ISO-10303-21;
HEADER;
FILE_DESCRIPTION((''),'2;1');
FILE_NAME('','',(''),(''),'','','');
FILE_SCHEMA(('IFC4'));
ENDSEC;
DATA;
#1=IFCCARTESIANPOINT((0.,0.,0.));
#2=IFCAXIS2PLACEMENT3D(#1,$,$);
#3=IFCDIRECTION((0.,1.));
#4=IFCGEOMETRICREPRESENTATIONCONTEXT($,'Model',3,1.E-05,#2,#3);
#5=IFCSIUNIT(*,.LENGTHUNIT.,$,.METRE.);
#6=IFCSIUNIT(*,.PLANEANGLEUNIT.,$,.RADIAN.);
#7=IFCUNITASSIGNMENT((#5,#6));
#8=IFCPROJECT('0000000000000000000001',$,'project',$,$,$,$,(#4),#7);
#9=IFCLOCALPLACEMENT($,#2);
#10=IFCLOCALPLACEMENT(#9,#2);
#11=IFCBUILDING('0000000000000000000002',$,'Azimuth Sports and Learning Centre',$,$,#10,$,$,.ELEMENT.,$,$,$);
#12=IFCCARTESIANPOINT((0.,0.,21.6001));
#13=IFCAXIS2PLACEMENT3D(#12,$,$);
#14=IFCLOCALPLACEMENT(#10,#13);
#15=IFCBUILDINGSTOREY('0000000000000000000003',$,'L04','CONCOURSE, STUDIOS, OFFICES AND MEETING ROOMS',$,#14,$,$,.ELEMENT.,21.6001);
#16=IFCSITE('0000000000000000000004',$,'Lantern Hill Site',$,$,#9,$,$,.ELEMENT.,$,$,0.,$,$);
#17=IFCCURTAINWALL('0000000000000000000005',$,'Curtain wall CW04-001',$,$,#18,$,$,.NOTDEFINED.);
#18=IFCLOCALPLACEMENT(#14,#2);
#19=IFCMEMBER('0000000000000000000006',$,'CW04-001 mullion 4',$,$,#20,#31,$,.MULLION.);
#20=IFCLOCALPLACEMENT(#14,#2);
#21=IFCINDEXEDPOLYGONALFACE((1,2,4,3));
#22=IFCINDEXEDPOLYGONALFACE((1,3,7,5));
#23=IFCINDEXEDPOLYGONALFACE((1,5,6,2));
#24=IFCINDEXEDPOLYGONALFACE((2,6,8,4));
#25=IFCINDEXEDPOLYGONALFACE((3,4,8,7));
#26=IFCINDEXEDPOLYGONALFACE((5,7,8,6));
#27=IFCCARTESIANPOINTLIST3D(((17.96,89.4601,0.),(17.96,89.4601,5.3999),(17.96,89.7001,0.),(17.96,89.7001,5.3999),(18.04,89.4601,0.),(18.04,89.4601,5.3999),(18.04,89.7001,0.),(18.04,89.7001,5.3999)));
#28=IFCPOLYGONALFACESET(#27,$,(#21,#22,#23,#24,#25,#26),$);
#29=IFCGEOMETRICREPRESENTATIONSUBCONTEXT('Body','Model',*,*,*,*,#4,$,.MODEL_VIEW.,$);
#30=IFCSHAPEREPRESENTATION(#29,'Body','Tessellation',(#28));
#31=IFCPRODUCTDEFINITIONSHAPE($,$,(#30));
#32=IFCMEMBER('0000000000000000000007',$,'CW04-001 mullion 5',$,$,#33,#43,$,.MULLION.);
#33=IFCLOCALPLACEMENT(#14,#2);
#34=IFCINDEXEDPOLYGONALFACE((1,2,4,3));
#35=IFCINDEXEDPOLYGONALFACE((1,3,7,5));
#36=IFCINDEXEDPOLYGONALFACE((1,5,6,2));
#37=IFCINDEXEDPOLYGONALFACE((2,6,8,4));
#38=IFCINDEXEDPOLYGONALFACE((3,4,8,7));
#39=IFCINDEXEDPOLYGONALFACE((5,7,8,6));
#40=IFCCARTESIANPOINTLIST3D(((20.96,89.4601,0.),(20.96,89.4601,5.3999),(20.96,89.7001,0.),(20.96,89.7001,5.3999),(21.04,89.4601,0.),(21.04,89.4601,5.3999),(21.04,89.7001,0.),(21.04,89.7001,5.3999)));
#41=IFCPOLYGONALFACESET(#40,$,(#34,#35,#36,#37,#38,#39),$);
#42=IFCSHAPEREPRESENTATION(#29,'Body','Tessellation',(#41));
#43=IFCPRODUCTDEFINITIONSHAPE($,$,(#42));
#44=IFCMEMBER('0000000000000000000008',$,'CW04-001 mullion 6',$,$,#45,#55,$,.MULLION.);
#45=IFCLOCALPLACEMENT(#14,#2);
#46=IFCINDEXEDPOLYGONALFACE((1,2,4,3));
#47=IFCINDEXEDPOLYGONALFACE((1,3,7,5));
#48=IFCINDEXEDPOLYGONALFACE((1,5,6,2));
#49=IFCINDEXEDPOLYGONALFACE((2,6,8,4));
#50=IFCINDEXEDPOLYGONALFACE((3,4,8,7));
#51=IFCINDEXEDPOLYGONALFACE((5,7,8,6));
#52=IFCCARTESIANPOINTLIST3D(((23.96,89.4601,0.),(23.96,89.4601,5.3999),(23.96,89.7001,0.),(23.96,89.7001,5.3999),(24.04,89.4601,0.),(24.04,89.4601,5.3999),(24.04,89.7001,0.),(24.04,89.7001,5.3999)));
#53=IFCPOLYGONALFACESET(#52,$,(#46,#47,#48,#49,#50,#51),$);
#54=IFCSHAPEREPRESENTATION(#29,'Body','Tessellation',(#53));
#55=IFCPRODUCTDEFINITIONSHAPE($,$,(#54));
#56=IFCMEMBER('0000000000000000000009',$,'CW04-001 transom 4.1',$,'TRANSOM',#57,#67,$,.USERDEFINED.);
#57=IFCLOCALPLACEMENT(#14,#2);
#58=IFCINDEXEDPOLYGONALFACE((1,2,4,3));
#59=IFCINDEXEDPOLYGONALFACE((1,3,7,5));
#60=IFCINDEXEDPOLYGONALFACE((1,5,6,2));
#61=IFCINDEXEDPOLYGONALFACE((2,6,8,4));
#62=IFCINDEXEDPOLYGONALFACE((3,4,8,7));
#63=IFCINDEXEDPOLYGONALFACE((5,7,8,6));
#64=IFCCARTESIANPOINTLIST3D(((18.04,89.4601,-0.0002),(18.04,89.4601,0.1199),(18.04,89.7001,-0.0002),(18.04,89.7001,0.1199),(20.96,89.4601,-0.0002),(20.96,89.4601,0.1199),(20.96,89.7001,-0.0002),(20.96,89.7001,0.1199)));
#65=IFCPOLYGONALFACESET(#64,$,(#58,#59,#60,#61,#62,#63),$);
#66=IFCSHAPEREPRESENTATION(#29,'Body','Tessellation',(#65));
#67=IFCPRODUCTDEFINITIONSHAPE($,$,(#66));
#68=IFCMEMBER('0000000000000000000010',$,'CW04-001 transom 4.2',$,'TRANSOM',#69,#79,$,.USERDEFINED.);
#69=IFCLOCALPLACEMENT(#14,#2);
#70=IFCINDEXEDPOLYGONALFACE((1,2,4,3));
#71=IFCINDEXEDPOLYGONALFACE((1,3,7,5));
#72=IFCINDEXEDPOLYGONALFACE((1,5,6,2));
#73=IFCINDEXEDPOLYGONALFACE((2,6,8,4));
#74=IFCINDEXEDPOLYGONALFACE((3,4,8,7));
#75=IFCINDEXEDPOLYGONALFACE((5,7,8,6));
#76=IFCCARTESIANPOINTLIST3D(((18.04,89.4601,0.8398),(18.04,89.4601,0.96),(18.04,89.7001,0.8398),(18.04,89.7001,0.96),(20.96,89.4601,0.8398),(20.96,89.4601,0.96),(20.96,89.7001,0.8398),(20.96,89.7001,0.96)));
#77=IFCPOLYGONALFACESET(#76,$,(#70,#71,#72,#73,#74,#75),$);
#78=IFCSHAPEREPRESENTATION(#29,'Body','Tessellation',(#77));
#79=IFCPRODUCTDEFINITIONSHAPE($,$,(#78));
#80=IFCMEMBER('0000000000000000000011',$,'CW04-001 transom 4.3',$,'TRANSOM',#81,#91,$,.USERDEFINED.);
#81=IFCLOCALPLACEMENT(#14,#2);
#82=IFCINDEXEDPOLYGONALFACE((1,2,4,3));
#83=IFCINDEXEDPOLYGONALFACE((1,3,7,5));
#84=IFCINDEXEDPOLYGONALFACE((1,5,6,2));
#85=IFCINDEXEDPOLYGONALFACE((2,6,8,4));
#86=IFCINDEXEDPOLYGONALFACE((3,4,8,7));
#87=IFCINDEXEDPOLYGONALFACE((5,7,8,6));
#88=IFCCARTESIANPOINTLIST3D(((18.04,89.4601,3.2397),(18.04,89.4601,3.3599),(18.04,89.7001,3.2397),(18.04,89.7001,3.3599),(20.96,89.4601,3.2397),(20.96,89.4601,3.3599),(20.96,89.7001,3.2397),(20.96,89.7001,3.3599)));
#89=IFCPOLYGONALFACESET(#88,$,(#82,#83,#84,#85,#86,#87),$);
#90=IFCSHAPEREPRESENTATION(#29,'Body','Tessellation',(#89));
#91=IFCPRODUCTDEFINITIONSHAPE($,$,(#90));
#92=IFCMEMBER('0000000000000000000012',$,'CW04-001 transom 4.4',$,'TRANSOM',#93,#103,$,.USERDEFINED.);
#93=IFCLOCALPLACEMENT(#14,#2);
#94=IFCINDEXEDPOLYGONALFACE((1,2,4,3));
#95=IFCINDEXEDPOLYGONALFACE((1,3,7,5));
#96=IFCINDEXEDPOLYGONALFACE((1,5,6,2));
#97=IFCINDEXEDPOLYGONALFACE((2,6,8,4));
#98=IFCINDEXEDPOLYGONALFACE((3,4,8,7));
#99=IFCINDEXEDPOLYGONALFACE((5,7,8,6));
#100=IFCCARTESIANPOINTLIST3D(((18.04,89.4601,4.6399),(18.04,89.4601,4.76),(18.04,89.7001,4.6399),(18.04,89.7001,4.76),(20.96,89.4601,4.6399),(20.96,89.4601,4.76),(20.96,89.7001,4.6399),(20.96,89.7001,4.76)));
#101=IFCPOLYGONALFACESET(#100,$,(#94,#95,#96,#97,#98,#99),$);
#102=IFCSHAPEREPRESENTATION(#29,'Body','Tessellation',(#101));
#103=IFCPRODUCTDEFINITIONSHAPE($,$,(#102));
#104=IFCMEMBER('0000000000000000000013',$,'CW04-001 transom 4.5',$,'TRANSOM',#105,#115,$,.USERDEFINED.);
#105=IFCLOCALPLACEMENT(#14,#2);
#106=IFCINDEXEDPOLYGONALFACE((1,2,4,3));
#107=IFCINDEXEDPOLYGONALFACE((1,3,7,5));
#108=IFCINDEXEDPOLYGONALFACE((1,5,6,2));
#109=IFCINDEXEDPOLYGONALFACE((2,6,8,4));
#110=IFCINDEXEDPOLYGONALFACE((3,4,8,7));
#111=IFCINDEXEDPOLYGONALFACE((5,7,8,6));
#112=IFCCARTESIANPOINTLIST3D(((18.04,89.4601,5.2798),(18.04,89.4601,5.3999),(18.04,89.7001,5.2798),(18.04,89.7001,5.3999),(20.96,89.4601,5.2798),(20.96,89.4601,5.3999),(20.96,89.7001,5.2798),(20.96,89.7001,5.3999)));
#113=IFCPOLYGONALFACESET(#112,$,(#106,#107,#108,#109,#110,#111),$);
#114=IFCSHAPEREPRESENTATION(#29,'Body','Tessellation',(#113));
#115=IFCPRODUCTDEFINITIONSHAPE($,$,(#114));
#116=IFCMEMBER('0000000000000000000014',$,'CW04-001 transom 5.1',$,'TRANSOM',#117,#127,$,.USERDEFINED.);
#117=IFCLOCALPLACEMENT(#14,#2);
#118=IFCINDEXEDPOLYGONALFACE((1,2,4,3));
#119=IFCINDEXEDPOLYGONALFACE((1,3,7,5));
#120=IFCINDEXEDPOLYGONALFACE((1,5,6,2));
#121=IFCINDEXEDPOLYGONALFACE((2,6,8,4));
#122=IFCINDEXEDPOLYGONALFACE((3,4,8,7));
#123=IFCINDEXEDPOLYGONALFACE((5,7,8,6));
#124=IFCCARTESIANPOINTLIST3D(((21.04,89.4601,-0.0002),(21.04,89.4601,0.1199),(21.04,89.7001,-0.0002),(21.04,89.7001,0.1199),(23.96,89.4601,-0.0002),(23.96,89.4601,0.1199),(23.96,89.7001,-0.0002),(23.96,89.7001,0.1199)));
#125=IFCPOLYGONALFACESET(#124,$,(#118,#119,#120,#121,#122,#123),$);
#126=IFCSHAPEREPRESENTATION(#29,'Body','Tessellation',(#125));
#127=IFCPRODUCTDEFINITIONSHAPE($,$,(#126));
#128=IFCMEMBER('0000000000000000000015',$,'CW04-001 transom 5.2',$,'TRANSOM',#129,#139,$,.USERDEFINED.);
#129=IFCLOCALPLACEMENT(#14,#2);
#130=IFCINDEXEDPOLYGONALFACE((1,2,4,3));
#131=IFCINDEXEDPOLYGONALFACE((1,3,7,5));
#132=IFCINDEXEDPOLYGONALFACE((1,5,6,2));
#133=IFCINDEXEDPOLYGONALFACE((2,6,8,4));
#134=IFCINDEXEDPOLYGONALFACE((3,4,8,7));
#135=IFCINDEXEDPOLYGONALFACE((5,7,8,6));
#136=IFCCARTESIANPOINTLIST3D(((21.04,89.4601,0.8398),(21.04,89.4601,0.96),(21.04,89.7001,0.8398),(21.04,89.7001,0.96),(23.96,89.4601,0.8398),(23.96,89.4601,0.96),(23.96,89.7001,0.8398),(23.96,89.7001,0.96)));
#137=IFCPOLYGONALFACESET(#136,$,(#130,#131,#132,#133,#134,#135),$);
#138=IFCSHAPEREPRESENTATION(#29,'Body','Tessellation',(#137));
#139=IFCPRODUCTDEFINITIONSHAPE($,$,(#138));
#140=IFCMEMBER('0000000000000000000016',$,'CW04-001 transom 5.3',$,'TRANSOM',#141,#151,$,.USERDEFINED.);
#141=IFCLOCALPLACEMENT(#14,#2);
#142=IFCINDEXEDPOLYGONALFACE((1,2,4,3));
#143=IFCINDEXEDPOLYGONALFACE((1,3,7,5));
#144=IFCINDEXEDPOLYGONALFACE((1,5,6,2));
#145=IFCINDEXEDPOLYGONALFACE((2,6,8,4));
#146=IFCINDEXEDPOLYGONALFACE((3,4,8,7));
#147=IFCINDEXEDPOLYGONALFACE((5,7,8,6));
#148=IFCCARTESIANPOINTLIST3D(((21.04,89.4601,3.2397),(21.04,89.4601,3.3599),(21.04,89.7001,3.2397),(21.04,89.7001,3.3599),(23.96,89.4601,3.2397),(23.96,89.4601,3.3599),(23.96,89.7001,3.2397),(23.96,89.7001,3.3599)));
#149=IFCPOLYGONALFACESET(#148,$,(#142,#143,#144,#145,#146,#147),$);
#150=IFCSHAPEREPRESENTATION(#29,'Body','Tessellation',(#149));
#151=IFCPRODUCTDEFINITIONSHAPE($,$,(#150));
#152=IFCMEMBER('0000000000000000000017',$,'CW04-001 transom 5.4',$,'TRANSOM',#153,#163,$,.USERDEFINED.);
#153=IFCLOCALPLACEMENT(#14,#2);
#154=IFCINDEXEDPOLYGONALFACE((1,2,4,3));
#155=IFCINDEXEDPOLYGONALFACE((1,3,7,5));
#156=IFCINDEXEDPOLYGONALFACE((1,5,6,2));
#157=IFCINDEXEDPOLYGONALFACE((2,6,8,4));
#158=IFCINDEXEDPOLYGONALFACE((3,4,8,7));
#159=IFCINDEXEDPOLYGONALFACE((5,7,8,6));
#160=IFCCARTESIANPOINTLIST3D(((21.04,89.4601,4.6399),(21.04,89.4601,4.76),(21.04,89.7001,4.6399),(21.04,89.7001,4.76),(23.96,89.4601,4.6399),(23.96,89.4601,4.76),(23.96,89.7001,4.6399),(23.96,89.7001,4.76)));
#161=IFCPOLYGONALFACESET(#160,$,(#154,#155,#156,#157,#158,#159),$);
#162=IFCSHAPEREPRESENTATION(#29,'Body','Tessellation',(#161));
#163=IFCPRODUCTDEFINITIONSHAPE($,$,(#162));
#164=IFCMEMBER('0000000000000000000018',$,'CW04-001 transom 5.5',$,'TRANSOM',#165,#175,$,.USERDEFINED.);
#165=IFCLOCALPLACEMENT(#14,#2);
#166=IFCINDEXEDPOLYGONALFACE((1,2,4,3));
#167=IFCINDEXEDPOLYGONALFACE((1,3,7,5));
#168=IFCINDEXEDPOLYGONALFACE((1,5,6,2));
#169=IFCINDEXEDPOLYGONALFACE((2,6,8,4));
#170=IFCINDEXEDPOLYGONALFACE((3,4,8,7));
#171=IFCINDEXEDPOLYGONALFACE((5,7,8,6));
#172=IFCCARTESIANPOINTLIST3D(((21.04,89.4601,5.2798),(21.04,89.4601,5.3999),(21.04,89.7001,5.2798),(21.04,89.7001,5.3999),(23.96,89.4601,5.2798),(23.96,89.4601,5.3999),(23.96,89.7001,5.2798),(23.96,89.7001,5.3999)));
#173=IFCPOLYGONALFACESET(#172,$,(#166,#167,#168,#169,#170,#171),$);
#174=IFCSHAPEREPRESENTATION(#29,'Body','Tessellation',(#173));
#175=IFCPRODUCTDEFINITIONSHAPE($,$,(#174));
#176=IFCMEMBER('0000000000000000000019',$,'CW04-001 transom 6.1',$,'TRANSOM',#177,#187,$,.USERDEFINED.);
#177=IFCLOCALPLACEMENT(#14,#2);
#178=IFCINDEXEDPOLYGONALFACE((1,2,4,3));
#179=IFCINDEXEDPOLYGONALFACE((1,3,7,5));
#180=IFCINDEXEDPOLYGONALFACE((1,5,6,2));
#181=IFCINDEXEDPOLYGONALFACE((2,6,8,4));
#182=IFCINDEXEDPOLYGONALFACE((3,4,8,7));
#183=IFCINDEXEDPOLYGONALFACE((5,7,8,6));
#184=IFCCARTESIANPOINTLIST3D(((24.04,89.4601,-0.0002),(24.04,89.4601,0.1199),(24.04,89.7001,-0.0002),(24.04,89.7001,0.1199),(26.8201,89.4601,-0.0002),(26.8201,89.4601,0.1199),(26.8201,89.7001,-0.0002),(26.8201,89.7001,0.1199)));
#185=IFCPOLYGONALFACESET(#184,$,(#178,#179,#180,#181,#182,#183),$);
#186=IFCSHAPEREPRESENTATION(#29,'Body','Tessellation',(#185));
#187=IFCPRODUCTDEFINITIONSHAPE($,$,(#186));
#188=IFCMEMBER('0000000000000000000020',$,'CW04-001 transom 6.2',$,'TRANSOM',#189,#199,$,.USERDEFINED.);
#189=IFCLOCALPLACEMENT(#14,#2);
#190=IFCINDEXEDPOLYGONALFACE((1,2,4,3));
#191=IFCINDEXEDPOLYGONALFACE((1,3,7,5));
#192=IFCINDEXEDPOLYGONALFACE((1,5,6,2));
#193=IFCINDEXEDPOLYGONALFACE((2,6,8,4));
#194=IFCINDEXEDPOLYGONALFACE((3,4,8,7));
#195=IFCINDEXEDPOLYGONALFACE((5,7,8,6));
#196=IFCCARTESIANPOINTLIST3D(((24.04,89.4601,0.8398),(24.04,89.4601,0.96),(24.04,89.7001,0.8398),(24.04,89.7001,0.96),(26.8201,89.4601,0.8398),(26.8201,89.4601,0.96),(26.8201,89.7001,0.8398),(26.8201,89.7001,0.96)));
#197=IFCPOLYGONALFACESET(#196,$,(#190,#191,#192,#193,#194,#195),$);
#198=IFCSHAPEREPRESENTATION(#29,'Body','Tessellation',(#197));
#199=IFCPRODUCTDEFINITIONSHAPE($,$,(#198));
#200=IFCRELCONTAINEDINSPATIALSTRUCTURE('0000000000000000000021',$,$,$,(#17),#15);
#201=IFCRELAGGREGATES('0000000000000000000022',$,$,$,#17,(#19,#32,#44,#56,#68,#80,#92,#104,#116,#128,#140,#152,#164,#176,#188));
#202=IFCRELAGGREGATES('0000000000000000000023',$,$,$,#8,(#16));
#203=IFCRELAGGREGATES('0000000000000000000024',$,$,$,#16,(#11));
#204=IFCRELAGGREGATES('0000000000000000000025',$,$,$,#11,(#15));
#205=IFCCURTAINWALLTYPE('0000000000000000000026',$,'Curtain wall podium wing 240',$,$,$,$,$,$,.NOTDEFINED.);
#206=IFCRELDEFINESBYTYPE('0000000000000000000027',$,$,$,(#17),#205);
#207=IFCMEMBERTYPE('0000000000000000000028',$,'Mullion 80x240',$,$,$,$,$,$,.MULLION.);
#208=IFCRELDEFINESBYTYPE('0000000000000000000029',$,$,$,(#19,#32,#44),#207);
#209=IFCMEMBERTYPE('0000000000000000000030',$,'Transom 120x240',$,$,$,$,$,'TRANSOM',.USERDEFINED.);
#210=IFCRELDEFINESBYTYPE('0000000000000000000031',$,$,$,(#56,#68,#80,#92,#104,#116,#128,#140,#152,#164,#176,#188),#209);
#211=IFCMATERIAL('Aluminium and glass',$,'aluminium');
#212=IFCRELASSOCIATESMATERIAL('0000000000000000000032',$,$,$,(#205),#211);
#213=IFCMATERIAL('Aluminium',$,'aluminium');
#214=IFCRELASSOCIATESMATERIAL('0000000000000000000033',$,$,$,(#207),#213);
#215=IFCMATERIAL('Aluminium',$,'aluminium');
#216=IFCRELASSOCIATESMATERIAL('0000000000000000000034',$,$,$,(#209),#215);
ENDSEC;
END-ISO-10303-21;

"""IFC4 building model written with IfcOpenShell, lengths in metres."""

from ifc_helpers import new_model, si_unit, direction, frame, origin, origin_2d, place, context, subcontext, project, spatial, rectangle, extrude, material, material_profile, profile_set, type_object, element, aggregate, save


model = new_model("IFC4")

# Units and contexts
model_context = context("Model", 3, precision=1e-05, world=origin(), true_north=direction((0.0, 1.0)))
body_context = subcontext(model_context, "Body", "Model", "MODEL_VIEW")
ifc_project = project(units=[si_unit("LENGTHUNIT", "METRE"), si_unit("PLANEANGLEUNIT", "RADIAN")], contexts=[model_context])

# Site, building, storey
site_placement = place(None, origin())
site = spatial("IfcSite", under=ifc_project, at=site_placement, Name="Lantern Hill Site", CompositionType="ELEMENT", RefElevation=0.0)
building_placement = place(site_placement, origin())
building = spatial("IfcBuilding", under=site, at=building_placement, Name="Azimuth Sports and Learning Centre", CompositionType="ELEMENT")
storey_placement = place(building_placement, frame((0.0, 0.0, 21.6001)))
storey = spatial("IfcBuildingStorey", under=building, at=storey_placement, Name="L04", Description="CONCOURSE, STUDIOS, OFFICES AND MEETING ROOMS", CompositionType="ELEMENT", Elevation=21.6001)

# Curtain wall, members
ifc_material_1 = material(Name="Aluminium and glass", Category="aluminium")
curtain_wall_type = type_object("IfcCurtainWallType", Name="Curtain wall podium wing 240", PredefinedType="NOTDEFINED", material=ifc_material_1)
curtain_wall_placement = place(storey_placement, origin())
curtain_wall = element("IfcCurtainWall", 1, at=curtain_wall_placement, inside=storey, type_object=curtain_wall_type, Name="Curtain wall CW04-001", PredefinedType="NOTDEFINED")
ifc_material_2 = material(Name="Aluminium", Category="aluminium")
ifc_material_profile_1 = material_profile(ifc_material_2, rectangle(XDim=0.24, YDim=0.0801, at=origin_2d()), Name="Mullion 80x240")
ifc_profile_set_1 = profile_set([ifc_material_profile_1], Name="Aluminium")
member_type_1 = type_object("IfcMemberType", Name="Mullion 80x240", PredefinedType="MULLION", material=ifc_profile_set_1)
member_1_placement = place(storey_placement, frame((18.0, 89.5801, 0.0), z_axis=(0.0, 0.0, 1.0), x_axis=(0.0, 1.0, 0.0)))
member_1 = element("IfcMember", 2, at=member_1_placement, type_object=member_type_1, Name="CW04-001 mullion 4", PredefinedType="MULLION", context=body_context, shape_type="SweptSolid", body=[
    extrude(rectangle(XDim=0.24, YDim=0.0801, at=origin_2d()), origin(), (0.0, 0.0, 1.0), 5.3999),
])
member_2_placement = place(storey_placement, frame((21.0, 89.5801, 0.0), z_axis=(0.0, 0.0, 1.0), x_axis=(0.0, 1.0, 0.0)))
member_2 = element("IfcMember", 3, at=member_2_placement, type_object=member_type_1, Name="CW04-001 mullion 5", PredefinedType="MULLION", context=body_context, shape_type="SweptSolid", body=[
    extrude(rectangle(XDim=0.24, YDim=0.0801, at=origin_2d()), origin(), (0.0, 0.0, 1.0), 5.3999),
])
member_3_placement = place(storey_placement, frame((24.0, 89.5801, 0.0), z_axis=(0.0, 0.0, 1.0), x_axis=(0.0, 1.0, 0.0)))
member_3 = element("IfcMember", 4, at=member_3_placement, type_object=member_type_1, Name="CW04-001 mullion 6", PredefinedType="MULLION", context=body_context, shape_type="SweptSolid", body=[
    extrude(rectangle(XDim=0.24, YDim=0.0801, at=origin_2d()), origin(), (0.0, 0.0, 1.0), 5.3999),
])
ifc_material_3 = material(Name="Aluminium", Category="aluminium")
ifc_material_profile_2 = material_profile(ifc_material_3, rectangle(XDim=0.24, YDim=0.1201, at=origin_2d()), Name="Transom 120x240")
ifc_profile_set_2 = profile_set([ifc_material_profile_2], Name="Aluminium")
member_type_2 = type_object("IfcMemberType", Name="Transom 120x240", ElementType="TRANSOM", PredefinedType="USERDEFINED", material=ifc_profile_set_2)
member_4_placement = place(storey_placement, frame((18.04, 89.5801, 0.0598), z_axis=(1.0, 0.0, 0.0), x_axis=(0.0, 1.0, 0.0)))
member_4 = element("IfcMember", 5, at=member_4_placement, type_object=member_type_2, Name="CW04-001 transom 4.1", ObjectType="TRANSOM", PredefinedType="USERDEFINED", context=body_context, shape_type="SweptSolid", body=[
    extrude(rectangle(XDim=0.24, YDim=0.1201, at=origin_2d()), origin(), (0.0, 0.0, 1.0), 2.9199),
])
member_5_placement = place(storey_placement, frame((18.04, 89.5801, 0.8999), z_axis=(1.0, 0.0, 0.0), x_axis=(0.0, 1.0, 0.0)))
member_5 = element("IfcMember", 6, at=member_5_placement, type_object=member_type_2, Name="CW04-001 transom 4.2", ObjectType="TRANSOM", PredefinedType="USERDEFINED", context=body_context, shape_type="SweptSolid", body=[
    extrude(rectangle(XDim=0.24, YDim=0.1201, at=origin_2d()), origin(), (0.0, 0.0, 1.0), 2.9199),
])
member_6_placement = place(storey_placement, frame((18.04, 89.5801, 3.2998), z_axis=(1.0, 0.0, 0.0), x_axis=(0.0, 1.0, 0.0)))
member_6 = element("IfcMember", 7, at=member_6_placement, type_object=member_type_2, Name="CW04-001 transom 4.3", ObjectType="TRANSOM", PredefinedType="USERDEFINED", context=body_context, shape_type="SweptSolid", body=[
    extrude(rectangle(XDim=0.24, YDim=0.1201, at=origin_2d()), origin(), (0.0, 0.0, 1.0), 2.9199),
])
member_7_placement = place(storey_placement, frame((18.04, 89.5801, 4.7), z_axis=(1.0, 0.0, 0.0), x_axis=(0.0, 1.0, 0.0)))
member_7 = element("IfcMember", 8, at=member_7_placement, type_object=member_type_2, Name="CW04-001 transom 4.4", ObjectType="TRANSOM", PredefinedType="USERDEFINED", context=body_context, shape_type="SweptSolid", body=[
    extrude(rectangle(XDim=0.24, YDim=0.1201, at=origin_2d()), origin(), (0.0, 0.0, 1.0), 2.9199),
])
member_8_placement = place(storey_placement, frame((18.04, 89.5801, 5.3398), z_axis=(1.0, 0.0, 0.0), x_axis=(0.0, 1.0, 0.0)))
member_8 = element("IfcMember", 9, at=member_8_placement, type_object=member_type_2, Name="CW04-001 transom 4.5", ObjectType="TRANSOM", PredefinedType="USERDEFINED", context=body_context, shape_type="SweptSolid", body=[
    extrude(rectangle(XDim=0.24, YDim=0.1201, at=origin_2d()), origin(), (0.0, 0.0, 1.0), 2.9199),
])
member_9_placement = place(storey_placement, frame((21.04, 89.5801, 0.0598), z_axis=(1.0, 0.0, 0.0), x_axis=(0.0, 1.0, 0.0)))
member_9 = element("IfcMember", 10, at=member_9_placement, type_object=member_type_2, Name="CW04-001 transom 5.1", ObjectType="TRANSOM", PredefinedType="USERDEFINED", context=body_context, shape_type="SweptSolid", body=[
    extrude(rectangle(XDim=0.24, YDim=0.1201, at=origin_2d()), origin(), (0.0, 0.0, 1.0), 2.9199),
])
member_10_placement = place(storey_placement, frame((21.04, 89.5801, 0.8999), z_axis=(1.0, 0.0, 0.0), x_axis=(0.0, 1.0, 0.0)))
member_10 = element("IfcMember", 11, at=member_10_placement, type_object=member_type_2, Name="CW04-001 transom 5.2", ObjectType="TRANSOM", PredefinedType="USERDEFINED", context=body_context, shape_type="SweptSolid", body=[
    extrude(rectangle(XDim=0.24, YDim=0.1201, at=origin_2d()), origin(), (0.0, 0.0, 1.0), 2.9199),
])
member_11_placement = place(storey_placement, frame((21.04, 89.5801, 3.2998), z_axis=(1.0, 0.0, 0.0), x_axis=(0.0, 1.0, 0.0)))
member_11 = element("IfcMember", 12, at=member_11_placement, type_object=member_type_2, Name="CW04-001 transom 5.3", ObjectType="TRANSOM", PredefinedType="USERDEFINED", context=body_context, shape_type="SweptSolid", body=[
    extrude(rectangle(XDim=0.24, YDim=0.1201, at=origin_2d()), origin(), (0.0, 0.0, 1.0), 2.9199),
])
member_12_placement = place(storey_placement, frame((21.04, 89.5801, 4.7), z_axis=(1.0, 0.0, 0.0), x_axis=(0.0, 1.0, 0.0)))
member_12 = element("IfcMember", 13, at=member_12_placement, type_object=member_type_2, Name="CW04-001 transom 5.4", ObjectType="TRANSOM", PredefinedType="USERDEFINED", context=body_context, shape_type="SweptSolid", body=[
    extrude(rectangle(XDim=0.24, YDim=0.1201, at=origin_2d()), origin(), (0.0, 0.0, 1.0), 2.9199),
])
member_13_placement = place(storey_placement, frame((21.04, 89.5801, 5.3398), z_axis=(1.0, 0.0, 0.0), x_axis=(0.0, 1.0, 0.0)))
member_13 = element("IfcMember", 14, at=member_13_placement, type_object=member_type_2, Name="CW04-001 transom 5.5", ObjectType="TRANSOM", PredefinedType="USERDEFINED", context=body_context, shape_type="SweptSolid", body=[
    extrude(rectangle(XDim=0.24, YDim=0.1201, at=origin_2d()), origin(), (0.0, 0.0, 1.0), 2.9199),
])
member_14_placement = place(storey_placement, frame((24.04, 89.5801, 0.0598), z_axis=(1.0, 0.0, 0.0), x_axis=(0.0, 1.0, 0.0)))
member_14 = element("IfcMember", 15, at=member_14_placement, type_object=member_type_2, Name="CW04-001 transom 6.1", ObjectType="TRANSOM", PredefinedType="USERDEFINED", context=body_context, shape_type="SweptSolid", body=[
    extrude(rectangle(XDim=0.24, YDim=0.1201, at=origin_2d()), origin(), (0.0, 0.0, 1.0), 2.78),
])
member_15_placement = place(storey_placement, frame((24.04, 89.5801, 0.8999), z_axis=(1.0, 0.0, 0.0), x_axis=(0.0, 1.0, 0.0)))
member_15 = element("IfcMember", 16, at=member_15_placement, type_object=member_type_2, Name="CW04-001 transom 6.2", ObjectType="TRANSOM", PredefinedType="USERDEFINED", context=body_context, shape_type="SweptSolid", body=[
    extrude(rectangle(XDim=0.24, YDim=0.1201, at=origin_2d()), origin(), (0.0, 0.0, 1.0), 2.78),
])
aggregate(curtain_wall, [member_1, member_2, member_3, member_4, member_5, member_6, member_7, member_8, member_9, member_10, member_11, member_12, member_13, member_14, member_15])

save(model, "model.ifc")
